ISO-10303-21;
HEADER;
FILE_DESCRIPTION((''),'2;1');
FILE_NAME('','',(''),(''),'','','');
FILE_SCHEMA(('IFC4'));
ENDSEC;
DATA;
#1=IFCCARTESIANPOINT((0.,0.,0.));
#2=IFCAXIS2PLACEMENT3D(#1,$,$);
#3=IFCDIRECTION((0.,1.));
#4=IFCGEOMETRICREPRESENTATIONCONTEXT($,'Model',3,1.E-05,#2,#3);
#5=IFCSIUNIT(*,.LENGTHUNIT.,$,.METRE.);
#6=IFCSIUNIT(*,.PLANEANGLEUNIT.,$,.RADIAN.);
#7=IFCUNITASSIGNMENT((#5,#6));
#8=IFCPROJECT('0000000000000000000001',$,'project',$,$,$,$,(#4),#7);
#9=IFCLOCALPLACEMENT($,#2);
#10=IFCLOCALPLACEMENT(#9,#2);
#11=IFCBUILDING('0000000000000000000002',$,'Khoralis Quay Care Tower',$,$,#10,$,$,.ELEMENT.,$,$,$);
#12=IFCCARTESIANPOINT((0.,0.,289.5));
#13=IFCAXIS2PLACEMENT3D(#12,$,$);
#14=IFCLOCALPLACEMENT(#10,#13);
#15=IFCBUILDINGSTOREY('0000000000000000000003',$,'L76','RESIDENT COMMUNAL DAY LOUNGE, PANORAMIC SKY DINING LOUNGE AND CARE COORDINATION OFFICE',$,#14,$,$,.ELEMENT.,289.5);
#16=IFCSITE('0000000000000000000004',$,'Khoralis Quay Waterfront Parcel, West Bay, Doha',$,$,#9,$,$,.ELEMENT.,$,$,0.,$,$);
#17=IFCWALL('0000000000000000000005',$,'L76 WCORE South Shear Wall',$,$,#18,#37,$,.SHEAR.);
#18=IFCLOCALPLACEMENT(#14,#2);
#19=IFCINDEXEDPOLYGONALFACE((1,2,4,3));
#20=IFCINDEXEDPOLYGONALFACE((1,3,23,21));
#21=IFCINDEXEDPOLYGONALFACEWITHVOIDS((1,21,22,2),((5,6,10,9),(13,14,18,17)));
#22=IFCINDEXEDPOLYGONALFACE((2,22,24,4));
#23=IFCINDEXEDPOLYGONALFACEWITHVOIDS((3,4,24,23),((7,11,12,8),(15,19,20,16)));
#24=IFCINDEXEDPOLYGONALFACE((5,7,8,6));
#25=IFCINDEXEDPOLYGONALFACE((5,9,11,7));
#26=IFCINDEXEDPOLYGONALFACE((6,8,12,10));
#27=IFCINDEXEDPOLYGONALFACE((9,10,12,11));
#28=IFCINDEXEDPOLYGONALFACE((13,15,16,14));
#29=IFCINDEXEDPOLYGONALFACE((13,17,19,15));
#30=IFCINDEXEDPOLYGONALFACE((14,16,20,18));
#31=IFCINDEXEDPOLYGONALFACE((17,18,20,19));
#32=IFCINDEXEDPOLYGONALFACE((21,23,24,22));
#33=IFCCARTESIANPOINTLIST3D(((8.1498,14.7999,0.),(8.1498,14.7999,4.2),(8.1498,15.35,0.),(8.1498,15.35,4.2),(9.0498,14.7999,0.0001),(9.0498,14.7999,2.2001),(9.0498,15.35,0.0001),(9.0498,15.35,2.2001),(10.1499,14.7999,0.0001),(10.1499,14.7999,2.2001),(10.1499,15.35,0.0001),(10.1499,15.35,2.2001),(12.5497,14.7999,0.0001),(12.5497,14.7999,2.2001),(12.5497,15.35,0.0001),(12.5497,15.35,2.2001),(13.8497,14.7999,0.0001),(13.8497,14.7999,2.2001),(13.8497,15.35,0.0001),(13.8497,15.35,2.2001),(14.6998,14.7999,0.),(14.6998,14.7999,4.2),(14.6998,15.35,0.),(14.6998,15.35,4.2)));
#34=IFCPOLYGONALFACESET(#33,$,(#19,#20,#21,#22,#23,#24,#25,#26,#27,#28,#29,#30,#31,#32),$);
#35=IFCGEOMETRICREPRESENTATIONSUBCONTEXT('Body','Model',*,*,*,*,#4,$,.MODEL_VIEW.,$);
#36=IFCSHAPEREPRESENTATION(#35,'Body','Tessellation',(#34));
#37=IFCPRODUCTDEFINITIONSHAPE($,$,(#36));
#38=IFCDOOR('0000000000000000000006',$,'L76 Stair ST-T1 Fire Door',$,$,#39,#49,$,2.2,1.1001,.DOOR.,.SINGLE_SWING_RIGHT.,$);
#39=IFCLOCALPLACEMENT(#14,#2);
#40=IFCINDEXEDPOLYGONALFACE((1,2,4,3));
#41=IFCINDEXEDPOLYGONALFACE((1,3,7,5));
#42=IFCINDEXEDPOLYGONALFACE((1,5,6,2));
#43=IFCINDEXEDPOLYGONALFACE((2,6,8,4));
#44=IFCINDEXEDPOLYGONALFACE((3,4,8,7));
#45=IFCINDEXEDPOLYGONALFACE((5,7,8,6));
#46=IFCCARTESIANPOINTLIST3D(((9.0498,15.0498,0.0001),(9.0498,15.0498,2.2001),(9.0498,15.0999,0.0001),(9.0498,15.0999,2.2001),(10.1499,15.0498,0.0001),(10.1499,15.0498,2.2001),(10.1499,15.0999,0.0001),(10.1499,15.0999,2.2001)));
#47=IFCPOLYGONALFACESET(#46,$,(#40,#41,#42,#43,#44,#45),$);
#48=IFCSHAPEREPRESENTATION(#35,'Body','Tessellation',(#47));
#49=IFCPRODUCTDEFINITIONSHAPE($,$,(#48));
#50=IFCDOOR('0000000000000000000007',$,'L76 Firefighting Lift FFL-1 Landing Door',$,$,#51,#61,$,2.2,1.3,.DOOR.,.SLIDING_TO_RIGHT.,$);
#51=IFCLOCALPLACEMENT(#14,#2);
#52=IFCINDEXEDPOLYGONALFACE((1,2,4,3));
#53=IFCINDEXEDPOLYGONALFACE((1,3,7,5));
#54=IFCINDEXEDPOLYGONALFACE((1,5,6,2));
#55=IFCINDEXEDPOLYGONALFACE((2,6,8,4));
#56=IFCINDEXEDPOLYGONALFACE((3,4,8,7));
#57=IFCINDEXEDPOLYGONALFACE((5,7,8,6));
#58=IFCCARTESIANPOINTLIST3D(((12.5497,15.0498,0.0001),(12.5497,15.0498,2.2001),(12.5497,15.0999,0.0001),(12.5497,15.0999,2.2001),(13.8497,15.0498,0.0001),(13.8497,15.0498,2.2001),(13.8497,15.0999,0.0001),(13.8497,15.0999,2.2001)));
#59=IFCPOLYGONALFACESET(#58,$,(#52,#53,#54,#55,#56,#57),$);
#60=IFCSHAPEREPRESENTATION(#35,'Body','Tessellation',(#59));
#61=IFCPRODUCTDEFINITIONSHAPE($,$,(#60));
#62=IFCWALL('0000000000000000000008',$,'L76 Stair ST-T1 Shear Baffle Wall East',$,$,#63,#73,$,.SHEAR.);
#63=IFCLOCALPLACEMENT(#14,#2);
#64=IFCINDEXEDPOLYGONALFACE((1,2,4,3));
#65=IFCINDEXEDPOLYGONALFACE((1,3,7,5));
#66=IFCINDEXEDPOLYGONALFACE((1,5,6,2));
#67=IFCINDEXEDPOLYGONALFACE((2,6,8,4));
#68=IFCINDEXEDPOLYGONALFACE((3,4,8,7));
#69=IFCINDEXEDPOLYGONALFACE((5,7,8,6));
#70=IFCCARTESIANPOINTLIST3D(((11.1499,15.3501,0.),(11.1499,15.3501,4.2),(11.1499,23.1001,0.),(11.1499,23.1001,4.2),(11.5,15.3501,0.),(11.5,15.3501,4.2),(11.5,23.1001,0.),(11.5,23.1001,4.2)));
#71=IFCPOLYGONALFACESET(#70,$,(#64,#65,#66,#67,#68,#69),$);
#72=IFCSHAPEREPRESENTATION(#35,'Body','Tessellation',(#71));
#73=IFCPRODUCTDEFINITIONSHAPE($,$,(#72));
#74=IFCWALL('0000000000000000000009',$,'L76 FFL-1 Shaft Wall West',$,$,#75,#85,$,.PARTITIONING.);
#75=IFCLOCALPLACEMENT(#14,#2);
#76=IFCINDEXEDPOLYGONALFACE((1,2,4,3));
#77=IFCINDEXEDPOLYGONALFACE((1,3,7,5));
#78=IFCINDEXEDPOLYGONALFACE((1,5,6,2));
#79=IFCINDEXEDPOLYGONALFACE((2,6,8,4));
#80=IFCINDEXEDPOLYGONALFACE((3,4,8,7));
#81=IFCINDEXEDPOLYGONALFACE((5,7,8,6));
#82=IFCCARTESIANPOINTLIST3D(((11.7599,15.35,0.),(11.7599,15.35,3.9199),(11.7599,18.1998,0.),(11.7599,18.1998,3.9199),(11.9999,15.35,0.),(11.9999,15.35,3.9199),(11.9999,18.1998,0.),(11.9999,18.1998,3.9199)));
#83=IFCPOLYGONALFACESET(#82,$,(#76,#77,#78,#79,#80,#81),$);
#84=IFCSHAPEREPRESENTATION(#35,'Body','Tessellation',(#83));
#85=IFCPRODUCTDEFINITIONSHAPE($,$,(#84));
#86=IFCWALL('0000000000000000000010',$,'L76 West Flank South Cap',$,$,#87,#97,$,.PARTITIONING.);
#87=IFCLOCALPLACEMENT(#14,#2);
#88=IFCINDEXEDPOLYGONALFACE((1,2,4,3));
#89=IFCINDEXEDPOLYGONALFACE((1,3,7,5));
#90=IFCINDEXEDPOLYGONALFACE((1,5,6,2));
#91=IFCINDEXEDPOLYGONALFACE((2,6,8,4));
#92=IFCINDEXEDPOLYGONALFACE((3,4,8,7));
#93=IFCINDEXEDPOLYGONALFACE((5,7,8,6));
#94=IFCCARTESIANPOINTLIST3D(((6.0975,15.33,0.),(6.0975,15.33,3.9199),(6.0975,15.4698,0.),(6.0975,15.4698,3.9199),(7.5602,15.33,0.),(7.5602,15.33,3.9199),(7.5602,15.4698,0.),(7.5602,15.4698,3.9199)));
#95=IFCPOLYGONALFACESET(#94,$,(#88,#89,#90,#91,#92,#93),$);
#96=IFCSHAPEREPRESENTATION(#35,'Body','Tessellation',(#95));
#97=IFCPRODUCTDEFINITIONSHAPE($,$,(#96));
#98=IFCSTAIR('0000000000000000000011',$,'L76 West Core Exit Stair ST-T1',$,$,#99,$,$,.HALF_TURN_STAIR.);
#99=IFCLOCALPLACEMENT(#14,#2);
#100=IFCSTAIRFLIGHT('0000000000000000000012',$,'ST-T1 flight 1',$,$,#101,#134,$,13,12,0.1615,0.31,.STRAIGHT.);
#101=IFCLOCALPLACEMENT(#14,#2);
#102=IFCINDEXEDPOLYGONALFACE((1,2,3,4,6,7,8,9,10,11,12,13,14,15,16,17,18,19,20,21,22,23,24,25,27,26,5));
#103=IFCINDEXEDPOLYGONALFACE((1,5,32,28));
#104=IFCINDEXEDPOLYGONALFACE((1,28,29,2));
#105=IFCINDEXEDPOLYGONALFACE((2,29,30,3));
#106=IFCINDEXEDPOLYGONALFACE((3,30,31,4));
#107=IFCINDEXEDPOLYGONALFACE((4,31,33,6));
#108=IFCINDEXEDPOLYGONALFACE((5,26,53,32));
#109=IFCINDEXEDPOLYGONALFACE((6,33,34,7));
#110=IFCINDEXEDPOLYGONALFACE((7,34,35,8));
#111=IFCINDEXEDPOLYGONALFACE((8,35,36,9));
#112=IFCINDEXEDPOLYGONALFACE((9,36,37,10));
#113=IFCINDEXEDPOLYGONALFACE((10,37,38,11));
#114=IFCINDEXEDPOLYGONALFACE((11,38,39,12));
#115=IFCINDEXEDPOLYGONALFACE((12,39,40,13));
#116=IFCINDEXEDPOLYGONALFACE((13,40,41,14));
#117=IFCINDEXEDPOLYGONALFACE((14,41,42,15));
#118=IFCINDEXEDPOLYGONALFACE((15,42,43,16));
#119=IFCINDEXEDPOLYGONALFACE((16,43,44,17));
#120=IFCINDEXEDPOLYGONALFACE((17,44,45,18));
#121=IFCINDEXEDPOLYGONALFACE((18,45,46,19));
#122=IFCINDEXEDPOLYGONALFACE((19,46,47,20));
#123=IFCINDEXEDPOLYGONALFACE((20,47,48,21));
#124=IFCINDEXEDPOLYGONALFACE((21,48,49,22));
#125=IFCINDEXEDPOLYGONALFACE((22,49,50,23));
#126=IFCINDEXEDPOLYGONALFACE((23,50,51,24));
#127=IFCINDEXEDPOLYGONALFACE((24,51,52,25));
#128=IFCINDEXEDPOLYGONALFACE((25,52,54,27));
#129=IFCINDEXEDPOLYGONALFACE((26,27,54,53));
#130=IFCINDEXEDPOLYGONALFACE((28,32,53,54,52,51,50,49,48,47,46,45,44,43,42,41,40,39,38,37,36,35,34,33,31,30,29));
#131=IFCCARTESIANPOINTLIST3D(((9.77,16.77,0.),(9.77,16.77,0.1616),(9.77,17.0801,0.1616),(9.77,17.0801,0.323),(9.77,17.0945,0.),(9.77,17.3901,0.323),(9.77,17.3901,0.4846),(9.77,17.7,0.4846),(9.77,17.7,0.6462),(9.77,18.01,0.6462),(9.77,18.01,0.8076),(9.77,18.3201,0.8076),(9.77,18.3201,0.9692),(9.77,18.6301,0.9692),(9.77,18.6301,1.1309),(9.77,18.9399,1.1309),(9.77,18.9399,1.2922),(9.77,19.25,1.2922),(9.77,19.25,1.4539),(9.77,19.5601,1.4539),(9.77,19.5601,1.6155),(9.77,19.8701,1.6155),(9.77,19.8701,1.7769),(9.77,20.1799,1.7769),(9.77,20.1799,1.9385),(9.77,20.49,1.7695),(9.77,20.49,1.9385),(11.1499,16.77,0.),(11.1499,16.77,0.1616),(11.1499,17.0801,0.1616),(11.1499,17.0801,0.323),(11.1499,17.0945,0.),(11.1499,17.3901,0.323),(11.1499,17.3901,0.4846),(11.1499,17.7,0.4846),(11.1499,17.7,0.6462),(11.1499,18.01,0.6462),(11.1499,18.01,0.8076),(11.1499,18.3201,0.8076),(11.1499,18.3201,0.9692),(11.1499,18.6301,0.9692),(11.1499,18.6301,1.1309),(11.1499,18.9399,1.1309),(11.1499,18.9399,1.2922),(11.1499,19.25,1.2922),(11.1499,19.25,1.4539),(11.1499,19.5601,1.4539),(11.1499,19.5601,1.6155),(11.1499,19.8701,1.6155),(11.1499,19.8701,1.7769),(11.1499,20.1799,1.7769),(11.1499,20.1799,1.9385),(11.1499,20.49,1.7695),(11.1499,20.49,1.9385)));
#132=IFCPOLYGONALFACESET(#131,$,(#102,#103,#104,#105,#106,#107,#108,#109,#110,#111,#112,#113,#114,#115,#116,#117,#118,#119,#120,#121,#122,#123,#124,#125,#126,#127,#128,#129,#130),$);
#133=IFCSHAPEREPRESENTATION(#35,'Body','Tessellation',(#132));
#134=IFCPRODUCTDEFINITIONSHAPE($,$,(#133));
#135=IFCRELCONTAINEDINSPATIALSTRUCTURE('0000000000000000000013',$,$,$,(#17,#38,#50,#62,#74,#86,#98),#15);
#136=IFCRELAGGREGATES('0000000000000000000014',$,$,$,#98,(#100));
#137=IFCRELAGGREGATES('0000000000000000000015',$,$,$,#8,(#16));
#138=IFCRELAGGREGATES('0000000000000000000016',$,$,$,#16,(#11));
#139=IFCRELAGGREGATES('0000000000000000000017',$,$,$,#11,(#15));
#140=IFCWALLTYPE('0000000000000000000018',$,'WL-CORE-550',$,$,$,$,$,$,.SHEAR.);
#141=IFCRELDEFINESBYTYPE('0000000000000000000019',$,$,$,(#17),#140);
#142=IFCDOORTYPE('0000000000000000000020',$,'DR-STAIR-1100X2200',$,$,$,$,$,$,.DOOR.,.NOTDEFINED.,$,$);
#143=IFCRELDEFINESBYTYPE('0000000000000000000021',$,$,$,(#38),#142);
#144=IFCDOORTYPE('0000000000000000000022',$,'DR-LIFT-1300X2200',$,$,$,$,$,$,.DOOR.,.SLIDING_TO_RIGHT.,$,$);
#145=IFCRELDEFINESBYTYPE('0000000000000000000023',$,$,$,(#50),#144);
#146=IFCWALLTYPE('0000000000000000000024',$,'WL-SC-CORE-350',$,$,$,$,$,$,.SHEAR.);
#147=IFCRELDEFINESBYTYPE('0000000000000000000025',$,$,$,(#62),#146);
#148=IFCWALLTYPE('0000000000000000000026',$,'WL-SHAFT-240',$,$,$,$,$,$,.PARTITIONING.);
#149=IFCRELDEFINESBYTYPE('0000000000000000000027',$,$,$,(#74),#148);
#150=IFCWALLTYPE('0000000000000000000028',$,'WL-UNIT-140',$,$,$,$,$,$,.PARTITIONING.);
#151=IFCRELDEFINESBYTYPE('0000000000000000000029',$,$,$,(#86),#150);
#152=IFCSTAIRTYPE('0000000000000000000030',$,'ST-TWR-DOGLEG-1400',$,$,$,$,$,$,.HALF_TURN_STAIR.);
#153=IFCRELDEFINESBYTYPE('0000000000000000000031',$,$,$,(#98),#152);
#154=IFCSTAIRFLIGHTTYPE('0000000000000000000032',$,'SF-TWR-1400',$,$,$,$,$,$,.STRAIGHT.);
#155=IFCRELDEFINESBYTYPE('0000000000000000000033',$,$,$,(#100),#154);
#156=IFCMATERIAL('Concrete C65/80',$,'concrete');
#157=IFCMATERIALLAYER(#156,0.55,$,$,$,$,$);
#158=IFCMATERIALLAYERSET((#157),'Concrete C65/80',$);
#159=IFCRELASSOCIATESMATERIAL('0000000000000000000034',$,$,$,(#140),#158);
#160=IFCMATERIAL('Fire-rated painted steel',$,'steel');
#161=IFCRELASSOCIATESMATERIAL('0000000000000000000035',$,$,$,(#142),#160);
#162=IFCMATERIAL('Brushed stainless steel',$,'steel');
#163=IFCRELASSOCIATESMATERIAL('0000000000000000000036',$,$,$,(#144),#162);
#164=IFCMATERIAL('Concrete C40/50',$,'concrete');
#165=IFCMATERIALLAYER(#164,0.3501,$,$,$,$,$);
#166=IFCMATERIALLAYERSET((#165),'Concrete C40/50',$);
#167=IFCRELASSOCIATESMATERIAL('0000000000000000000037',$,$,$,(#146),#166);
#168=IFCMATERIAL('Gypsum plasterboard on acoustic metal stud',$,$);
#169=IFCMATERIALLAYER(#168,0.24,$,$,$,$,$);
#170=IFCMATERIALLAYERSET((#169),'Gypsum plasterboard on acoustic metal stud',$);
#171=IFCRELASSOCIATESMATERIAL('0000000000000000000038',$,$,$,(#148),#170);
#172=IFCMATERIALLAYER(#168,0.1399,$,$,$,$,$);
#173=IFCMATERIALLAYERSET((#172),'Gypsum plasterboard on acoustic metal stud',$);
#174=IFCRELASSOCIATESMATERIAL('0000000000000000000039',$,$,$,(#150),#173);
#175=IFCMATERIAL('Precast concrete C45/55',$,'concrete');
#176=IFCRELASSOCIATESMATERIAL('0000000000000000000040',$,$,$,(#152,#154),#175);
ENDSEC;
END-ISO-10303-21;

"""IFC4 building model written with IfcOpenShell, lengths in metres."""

from ifc_helpers import new_model, si_unit, direction, frame, frame_2d, origin, place, context, subcontext, project, spatial, polyline, rectangle, outline, extrude, source, transform, mapped, material, layer, layer_set, type_object, element, fill, aggregate, save


model = new_model("IFC4")

# Units and contexts
model_context = context("Model", 3, precision=1e-05, world=origin(), true_north=direction((0.0, 1.0)))
body_context = subcontext(model_context, "Body", "Model", "MODEL_VIEW")
ifc_project = project(units=[si_unit("LENGTHUNIT", "METRE"), si_unit("PLANEANGLEUNIT", "RADIAN")], contexts=[model_context])

# Site, building, storey
site_placement = place(None, origin())
site = spatial("IfcSite", under=ifc_project, at=site_placement, Name="Khoralis Quay Waterfront Parcel, West Bay, Doha", CompositionType="ELEMENT", RefElevation=0.0)
building_placement = place(site_placement, origin())
building = spatial("IfcBuilding", under=site, at=building_placement, Name="Khoralis Quay Care Tower", CompositionType="ELEMENT")
storey_placement = place(building_placement, frame((0.0, 0.0, 289.5)))
storey = spatial("IfcBuildingStorey", under=building, at=storey_placement, Name="L76", Description="RESIDENT COMMUNAL DAY LOUNGE, PANORAMIC SKY DINING LOUNGE AND CARE COORDINATION OFFICE", CompositionType="ELEMENT", Elevation=289.5)

# Shared definitions
ifc_material_1 = material(Name="Gypsum plasterboard on acoustic metal stud")
ifc_material_2 = material(Name="Fire-rated painted steel", Category="steel")

# Shared definitions
ifc_material_3 = material(Name="Concrete C65/80", Category="concrete")
ifc_layer_1 = layer(ifc_material_3, 0.55)
ifc_layer_set_1 = layer_set([ifc_layer_1], Name="Concrete C65/80")
wall_type_1 = type_object("IfcWallType", Name="WL-CORE-550", PredefinedType="SHEAR", material=ifc_layer_set_1)

# Shared definitions
door_type_1 = type_object("IfcDoorType", Name="DR-STAIR-1100X2200", OperationType="NOTDEFINED", PredefinedType="DOOR", material=ifc_material_2)
shared_shape_1 = source(origin(), body_context, "Body", "SweptSolid", [
    extrude(rectangle(XDim=1.1001, YDim=2.2, at=frame_2d((0.55, 1.1001))), frame((0.0, 0.0249, 0.0), z_axis=(0.0, -1.0, 0.0), x_axis=(1.0, 0.0, 0.0)), (0.0, 0.0, 1.0), 0.05),
])

# Wall, openings, doors
wall_1_placement = place(storey_placement, frame((8.1499, 15.075, 0.0), z_axis=(0.0, 0.0, 1.0), x_axis=(1.0, 0.0, 0.0)))
wall_1 = element("IfcWall", 1, at=wall_1_placement, inside=storey, type_object=wall_type_1, Name="L76 WCORE South Shear Wall", PredefinedType="SHEAR", context=body_context, shape_type="SweptSolid", body=[
    extrude(rectangle(XDim=6.55, YDim=0.55, at=frame_2d((3.2749, 0.0))), origin(), (0.0, 0.0, 1.0), 4.2),
])
opening_1_placement = place(wall_1_placement, frame((0.8999, 0.0, 0.0)))
opening_1 = element("IfcOpeningElement", 2, at=opening_1_placement, cuts=wall_1, PredefinedType="OPENING", context=body_context, shape_type="SweptSolid", body=[
    extrude(rectangle(XDim=1.1001, YDim=2.2, at=frame_2d((0.55, 1.1001))), frame((0.0, 0.2852, 0.0), z_axis=(0.0, -1.0, 0.0), x_axis=(1.0, 0.0, 0.0)), (0.0, 0.0, 1.0), 0.5701),
])
opening_2_placement = place(wall_1_placement, frame((4.3999, 0.0, 0.0)))
opening_2 = element("IfcOpeningElement", 3, at=opening_2_placement, cuts=wall_1, PredefinedType="OPENING", context=body_context, shape_type="SweptSolid", body=[
    extrude(rectangle(XDim=1.3, YDim=2.2, at=frame_2d((0.6499, 1.1001))), frame((0.0, 0.2852, 0.0), z_axis=(0.0, -1.0, 0.0), x_axis=(1.0, 0.0, 0.0)), (0.0, 0.0, 1.0), 0.5701),
])
door_1_placement = place(opening_1_placement, origin())
door_1 = element("IfcDoor", 4, at=door_1_placement, inside=storey, type_object=door_type_1, Name="L76 Stair ST-T1 Fire Door", OperationType="SINGLE_SWING_RIGHT", OverallHeight=2.2, OverallWidth=1.1001, PredefinedType="DOOR", context=body_context, shape_type="MappedRepresentation", body=[
    mapped(shared_shape_1, transform((0.0, 0.0, 0.0), scale=1.0)),
])
fill(opening_1, door_1)
ifc_material_4 = material(Name="Brushed stainless steel", Category="steel")
door_type_2 = type_object("IfcDoorType", Name="DR-LIFT-1300X2200", OperationType="SLIDING_TO_RIGHT", PredefinedType="DOOR", material=ifc_material_4)
shared_shape_2 = source(origin(), body_context, "Body", "SweptSolid", [
    extrude(rectangle(XDim=1.3, YDim=2.2, at=frame_2d((0.6499, 1.1001))), frame((0.0, 0.0249, 0.0), z_axis=(0.0, -1.0, 0.0), x_axis=(1.0, 0.0, 0.0)), (0.0, 0.0, 1.0), 0.05),
])
door_2_placement = place(opening_2_placement, origin())
door_2 = element("IfcDoor", 5, at=door_2_placement, inside=storey, type_object=door_type_2, Name="L76 Firefighting Lift FFL-1 Landing Door", OperationType="SLIDING_TO_RIGHT", OverallHeight=2.2, OverallWidth=1.3, PredefinedType="DOOR", context=body_context, shape_type="MappedRepresentation", body=[
    mapped(shared_shape_2, transform((0.0, 0.0, 0.0), scale=1.0)),
])
fill(opening_2, door_2)

# Walls
ifc_material_5 = material(Name="Concrete C40/50", Category="concrete")
ifc_layer_2 = layer(ifc_material_5, 0.3501)
ifc_layer_set_2 = layer_set([ifc_layer_2], Name="Concrete C40/50")
wall_type_2 = type_object("IfcWallType", Name="WL-SC-CORE-350", PredefinedType="SHEAR", material=ifc_layer_set_2)
wall_2_placement = place(storey_placement, frame((11.325, 15.3501, 0.0), z_axis=(0.0, 0.0, 1.0), x_axis=(0.0, 1.0, 0.0)))
element("IfcWall", 6, at=wall_2_placement, inside=storey, type_object=wall_type_2, Name="L76 Stair ST-T1 Shear Baffle Wall East", PredefinedType="SHEAR", context=body_context, shape_type="SweptSolid", body=[
    extrude(rectangle(XDim=7.75, YDim=0.3501, at=frame_2d((3.875, 0.0))), origin(), (0.0, 0.0, 1.0), 4.2),
])
ifc_layer_3 = layer(ifc_material_1, 0.24)
ifc_layer_set_3 = layer_set([ifc_layer_3], Name="Gypsum plasterboard on acoustic metal stud")
wall_type_3 = type_object("IfcWallType", Name="WL-SHAFT-240", PredefinedType="PARTITIONING", material=ifc_layer_set_3)
wall_3_placement = place(storey_placement, frame((11.8799, 15.3501, 0.0), z_axis=(0.0, 0.0, 1.0), x_axis=(0.0, 1.0, 0.0)))
element("IfcWall", 7, at=wall_3_placement, inside=storey, type_object=wall_type_3, Name="L76 FFL-1 Shaft Wall West", PredefinedType="PARTITIONING", context=body_context, shape_type="SweptSolid", body=[
    extrude(rectangle(XDim=2.8499, YDim=0.24, at=frame_2d((1.4248, 0.0))), origin(), (0.0, 0.0, 1.0), 3.9199),
])
ifc_layer_4 = layer(ifc_material_1, 0.1399)
ifc_layer_set_4 = layer_set([ifc_layer_4], Name="Gypsum plasterboard on acoustic metal stud")
wall_type_4 = type_object("IfcWallType", Name="WL-UNIT-140", PredefinedType="PARTITIONING", material=ifc_layer_set_4)
wall_4_placement = place(storey_placement, frame((6.0974, 15.3999, 0.0), z_axis=(0.0, 0.0, 1.0), x_axis=(1.0, 0.0, 0.0)))
element("IfcWall", 8, at=wall_4_placement, inside=storey, type_object=wall_type_4, Name="L76 West Flank South Cap", PredefinedType="PARTITIONING", context=body_context, shape_type="SweptSolid", body=[
    extrude(rectangle(XDim=1.4626, YDim=0.1399, at=frame_2d((0.7314, 0.0))), origin(), (0.0, 0.0, 1.0), 3.9199),
])

# Stair, stair flight
ifc_material_6 = material(Name="Precast concrete C45/55", Category="concrete")
stair_type = type_object("IfcStairType", Name="ST-TWR-DOGLEG-1400", PredefinedType="HALF_TURN_STAIR", material=ifc_material_6)
stair_placement = place(storey_placement, origin())
stair = element("IfcStair", 9, at=stair_placement, inside=storey, type_object=stair_type, Name="L76 West Core Exit Stair ST-T1", PredefinedType="HALF_TURN_STAIR")
stair_flight_type = type_object("IfcStairFlightType", Name="SF-TWR-1400", PredefinedType="STRAIGHT", material=ifc_material_6)
shared_shape_3 = source(origin(), body_context, "Body", "SweptSolid", [
    extrude(outline(polyline([(0.0, 0.0), (0.0, 0.1616), (0.3101, 0.1616), (0.3101, 0.323), (0.6201, 0.323), (0.6201, 0.4846), (0.9299, 0.4846), (0.9299, 0.6462), (1.24, 0.6462), (1.24, 0.8076), (1.55, 0.8076), (1.55, 0.9692), (1.8601, 0.9692), (1.8601, 1.1309), (2.1699, 1.1309), (2.1699, 1.2922), (2.48, 1.2922), (2.48, 1.4539), (2.79, 1.4539), (2.79, 1.6155), (3.1001, 1.6155), (3.1001, 1.7769), (3.4099, 1.7769), (3.4099, 1.9385), (3.72, 1.9385), (3.72, 2.1001), (3.72, 1.7695), (0.3245, 0.0), (0.0, 0.0)])), frame((0.0, 0.6899, 0.0), z_axis=(0.0, -1.0, 0.0), x_axis=(1.0, 0.0, 0.0)), (0.0, 0.0, 1.0), 1.3799),
])
stair_flight_placement = place(storey_placement, frame((10.46, 16.77, 0.0), z_axis=(0.0, 0.0, 1.0), x_axis=(0.0, 1.0, 0.0)))
stair_flight = element("IfcStairFlight", 10, at=stair_flight_placement, type_object=stair_flight_type, Name="ST-T1 flight 1", NumberOfRisers=13, NumberOfTreads=12, PredefinedType="STRAIGHT", RiserHeight=0.1615, TreadLength=0.31, context=body_context, shape_type="MappedRepresentation", body=[
    mapped(shared_shape_3, transform((0.0, 0.0, 0.0), scale=1.0)),
])
aggregate(stair, [stair_flight])

save(model, "model.ifc")
